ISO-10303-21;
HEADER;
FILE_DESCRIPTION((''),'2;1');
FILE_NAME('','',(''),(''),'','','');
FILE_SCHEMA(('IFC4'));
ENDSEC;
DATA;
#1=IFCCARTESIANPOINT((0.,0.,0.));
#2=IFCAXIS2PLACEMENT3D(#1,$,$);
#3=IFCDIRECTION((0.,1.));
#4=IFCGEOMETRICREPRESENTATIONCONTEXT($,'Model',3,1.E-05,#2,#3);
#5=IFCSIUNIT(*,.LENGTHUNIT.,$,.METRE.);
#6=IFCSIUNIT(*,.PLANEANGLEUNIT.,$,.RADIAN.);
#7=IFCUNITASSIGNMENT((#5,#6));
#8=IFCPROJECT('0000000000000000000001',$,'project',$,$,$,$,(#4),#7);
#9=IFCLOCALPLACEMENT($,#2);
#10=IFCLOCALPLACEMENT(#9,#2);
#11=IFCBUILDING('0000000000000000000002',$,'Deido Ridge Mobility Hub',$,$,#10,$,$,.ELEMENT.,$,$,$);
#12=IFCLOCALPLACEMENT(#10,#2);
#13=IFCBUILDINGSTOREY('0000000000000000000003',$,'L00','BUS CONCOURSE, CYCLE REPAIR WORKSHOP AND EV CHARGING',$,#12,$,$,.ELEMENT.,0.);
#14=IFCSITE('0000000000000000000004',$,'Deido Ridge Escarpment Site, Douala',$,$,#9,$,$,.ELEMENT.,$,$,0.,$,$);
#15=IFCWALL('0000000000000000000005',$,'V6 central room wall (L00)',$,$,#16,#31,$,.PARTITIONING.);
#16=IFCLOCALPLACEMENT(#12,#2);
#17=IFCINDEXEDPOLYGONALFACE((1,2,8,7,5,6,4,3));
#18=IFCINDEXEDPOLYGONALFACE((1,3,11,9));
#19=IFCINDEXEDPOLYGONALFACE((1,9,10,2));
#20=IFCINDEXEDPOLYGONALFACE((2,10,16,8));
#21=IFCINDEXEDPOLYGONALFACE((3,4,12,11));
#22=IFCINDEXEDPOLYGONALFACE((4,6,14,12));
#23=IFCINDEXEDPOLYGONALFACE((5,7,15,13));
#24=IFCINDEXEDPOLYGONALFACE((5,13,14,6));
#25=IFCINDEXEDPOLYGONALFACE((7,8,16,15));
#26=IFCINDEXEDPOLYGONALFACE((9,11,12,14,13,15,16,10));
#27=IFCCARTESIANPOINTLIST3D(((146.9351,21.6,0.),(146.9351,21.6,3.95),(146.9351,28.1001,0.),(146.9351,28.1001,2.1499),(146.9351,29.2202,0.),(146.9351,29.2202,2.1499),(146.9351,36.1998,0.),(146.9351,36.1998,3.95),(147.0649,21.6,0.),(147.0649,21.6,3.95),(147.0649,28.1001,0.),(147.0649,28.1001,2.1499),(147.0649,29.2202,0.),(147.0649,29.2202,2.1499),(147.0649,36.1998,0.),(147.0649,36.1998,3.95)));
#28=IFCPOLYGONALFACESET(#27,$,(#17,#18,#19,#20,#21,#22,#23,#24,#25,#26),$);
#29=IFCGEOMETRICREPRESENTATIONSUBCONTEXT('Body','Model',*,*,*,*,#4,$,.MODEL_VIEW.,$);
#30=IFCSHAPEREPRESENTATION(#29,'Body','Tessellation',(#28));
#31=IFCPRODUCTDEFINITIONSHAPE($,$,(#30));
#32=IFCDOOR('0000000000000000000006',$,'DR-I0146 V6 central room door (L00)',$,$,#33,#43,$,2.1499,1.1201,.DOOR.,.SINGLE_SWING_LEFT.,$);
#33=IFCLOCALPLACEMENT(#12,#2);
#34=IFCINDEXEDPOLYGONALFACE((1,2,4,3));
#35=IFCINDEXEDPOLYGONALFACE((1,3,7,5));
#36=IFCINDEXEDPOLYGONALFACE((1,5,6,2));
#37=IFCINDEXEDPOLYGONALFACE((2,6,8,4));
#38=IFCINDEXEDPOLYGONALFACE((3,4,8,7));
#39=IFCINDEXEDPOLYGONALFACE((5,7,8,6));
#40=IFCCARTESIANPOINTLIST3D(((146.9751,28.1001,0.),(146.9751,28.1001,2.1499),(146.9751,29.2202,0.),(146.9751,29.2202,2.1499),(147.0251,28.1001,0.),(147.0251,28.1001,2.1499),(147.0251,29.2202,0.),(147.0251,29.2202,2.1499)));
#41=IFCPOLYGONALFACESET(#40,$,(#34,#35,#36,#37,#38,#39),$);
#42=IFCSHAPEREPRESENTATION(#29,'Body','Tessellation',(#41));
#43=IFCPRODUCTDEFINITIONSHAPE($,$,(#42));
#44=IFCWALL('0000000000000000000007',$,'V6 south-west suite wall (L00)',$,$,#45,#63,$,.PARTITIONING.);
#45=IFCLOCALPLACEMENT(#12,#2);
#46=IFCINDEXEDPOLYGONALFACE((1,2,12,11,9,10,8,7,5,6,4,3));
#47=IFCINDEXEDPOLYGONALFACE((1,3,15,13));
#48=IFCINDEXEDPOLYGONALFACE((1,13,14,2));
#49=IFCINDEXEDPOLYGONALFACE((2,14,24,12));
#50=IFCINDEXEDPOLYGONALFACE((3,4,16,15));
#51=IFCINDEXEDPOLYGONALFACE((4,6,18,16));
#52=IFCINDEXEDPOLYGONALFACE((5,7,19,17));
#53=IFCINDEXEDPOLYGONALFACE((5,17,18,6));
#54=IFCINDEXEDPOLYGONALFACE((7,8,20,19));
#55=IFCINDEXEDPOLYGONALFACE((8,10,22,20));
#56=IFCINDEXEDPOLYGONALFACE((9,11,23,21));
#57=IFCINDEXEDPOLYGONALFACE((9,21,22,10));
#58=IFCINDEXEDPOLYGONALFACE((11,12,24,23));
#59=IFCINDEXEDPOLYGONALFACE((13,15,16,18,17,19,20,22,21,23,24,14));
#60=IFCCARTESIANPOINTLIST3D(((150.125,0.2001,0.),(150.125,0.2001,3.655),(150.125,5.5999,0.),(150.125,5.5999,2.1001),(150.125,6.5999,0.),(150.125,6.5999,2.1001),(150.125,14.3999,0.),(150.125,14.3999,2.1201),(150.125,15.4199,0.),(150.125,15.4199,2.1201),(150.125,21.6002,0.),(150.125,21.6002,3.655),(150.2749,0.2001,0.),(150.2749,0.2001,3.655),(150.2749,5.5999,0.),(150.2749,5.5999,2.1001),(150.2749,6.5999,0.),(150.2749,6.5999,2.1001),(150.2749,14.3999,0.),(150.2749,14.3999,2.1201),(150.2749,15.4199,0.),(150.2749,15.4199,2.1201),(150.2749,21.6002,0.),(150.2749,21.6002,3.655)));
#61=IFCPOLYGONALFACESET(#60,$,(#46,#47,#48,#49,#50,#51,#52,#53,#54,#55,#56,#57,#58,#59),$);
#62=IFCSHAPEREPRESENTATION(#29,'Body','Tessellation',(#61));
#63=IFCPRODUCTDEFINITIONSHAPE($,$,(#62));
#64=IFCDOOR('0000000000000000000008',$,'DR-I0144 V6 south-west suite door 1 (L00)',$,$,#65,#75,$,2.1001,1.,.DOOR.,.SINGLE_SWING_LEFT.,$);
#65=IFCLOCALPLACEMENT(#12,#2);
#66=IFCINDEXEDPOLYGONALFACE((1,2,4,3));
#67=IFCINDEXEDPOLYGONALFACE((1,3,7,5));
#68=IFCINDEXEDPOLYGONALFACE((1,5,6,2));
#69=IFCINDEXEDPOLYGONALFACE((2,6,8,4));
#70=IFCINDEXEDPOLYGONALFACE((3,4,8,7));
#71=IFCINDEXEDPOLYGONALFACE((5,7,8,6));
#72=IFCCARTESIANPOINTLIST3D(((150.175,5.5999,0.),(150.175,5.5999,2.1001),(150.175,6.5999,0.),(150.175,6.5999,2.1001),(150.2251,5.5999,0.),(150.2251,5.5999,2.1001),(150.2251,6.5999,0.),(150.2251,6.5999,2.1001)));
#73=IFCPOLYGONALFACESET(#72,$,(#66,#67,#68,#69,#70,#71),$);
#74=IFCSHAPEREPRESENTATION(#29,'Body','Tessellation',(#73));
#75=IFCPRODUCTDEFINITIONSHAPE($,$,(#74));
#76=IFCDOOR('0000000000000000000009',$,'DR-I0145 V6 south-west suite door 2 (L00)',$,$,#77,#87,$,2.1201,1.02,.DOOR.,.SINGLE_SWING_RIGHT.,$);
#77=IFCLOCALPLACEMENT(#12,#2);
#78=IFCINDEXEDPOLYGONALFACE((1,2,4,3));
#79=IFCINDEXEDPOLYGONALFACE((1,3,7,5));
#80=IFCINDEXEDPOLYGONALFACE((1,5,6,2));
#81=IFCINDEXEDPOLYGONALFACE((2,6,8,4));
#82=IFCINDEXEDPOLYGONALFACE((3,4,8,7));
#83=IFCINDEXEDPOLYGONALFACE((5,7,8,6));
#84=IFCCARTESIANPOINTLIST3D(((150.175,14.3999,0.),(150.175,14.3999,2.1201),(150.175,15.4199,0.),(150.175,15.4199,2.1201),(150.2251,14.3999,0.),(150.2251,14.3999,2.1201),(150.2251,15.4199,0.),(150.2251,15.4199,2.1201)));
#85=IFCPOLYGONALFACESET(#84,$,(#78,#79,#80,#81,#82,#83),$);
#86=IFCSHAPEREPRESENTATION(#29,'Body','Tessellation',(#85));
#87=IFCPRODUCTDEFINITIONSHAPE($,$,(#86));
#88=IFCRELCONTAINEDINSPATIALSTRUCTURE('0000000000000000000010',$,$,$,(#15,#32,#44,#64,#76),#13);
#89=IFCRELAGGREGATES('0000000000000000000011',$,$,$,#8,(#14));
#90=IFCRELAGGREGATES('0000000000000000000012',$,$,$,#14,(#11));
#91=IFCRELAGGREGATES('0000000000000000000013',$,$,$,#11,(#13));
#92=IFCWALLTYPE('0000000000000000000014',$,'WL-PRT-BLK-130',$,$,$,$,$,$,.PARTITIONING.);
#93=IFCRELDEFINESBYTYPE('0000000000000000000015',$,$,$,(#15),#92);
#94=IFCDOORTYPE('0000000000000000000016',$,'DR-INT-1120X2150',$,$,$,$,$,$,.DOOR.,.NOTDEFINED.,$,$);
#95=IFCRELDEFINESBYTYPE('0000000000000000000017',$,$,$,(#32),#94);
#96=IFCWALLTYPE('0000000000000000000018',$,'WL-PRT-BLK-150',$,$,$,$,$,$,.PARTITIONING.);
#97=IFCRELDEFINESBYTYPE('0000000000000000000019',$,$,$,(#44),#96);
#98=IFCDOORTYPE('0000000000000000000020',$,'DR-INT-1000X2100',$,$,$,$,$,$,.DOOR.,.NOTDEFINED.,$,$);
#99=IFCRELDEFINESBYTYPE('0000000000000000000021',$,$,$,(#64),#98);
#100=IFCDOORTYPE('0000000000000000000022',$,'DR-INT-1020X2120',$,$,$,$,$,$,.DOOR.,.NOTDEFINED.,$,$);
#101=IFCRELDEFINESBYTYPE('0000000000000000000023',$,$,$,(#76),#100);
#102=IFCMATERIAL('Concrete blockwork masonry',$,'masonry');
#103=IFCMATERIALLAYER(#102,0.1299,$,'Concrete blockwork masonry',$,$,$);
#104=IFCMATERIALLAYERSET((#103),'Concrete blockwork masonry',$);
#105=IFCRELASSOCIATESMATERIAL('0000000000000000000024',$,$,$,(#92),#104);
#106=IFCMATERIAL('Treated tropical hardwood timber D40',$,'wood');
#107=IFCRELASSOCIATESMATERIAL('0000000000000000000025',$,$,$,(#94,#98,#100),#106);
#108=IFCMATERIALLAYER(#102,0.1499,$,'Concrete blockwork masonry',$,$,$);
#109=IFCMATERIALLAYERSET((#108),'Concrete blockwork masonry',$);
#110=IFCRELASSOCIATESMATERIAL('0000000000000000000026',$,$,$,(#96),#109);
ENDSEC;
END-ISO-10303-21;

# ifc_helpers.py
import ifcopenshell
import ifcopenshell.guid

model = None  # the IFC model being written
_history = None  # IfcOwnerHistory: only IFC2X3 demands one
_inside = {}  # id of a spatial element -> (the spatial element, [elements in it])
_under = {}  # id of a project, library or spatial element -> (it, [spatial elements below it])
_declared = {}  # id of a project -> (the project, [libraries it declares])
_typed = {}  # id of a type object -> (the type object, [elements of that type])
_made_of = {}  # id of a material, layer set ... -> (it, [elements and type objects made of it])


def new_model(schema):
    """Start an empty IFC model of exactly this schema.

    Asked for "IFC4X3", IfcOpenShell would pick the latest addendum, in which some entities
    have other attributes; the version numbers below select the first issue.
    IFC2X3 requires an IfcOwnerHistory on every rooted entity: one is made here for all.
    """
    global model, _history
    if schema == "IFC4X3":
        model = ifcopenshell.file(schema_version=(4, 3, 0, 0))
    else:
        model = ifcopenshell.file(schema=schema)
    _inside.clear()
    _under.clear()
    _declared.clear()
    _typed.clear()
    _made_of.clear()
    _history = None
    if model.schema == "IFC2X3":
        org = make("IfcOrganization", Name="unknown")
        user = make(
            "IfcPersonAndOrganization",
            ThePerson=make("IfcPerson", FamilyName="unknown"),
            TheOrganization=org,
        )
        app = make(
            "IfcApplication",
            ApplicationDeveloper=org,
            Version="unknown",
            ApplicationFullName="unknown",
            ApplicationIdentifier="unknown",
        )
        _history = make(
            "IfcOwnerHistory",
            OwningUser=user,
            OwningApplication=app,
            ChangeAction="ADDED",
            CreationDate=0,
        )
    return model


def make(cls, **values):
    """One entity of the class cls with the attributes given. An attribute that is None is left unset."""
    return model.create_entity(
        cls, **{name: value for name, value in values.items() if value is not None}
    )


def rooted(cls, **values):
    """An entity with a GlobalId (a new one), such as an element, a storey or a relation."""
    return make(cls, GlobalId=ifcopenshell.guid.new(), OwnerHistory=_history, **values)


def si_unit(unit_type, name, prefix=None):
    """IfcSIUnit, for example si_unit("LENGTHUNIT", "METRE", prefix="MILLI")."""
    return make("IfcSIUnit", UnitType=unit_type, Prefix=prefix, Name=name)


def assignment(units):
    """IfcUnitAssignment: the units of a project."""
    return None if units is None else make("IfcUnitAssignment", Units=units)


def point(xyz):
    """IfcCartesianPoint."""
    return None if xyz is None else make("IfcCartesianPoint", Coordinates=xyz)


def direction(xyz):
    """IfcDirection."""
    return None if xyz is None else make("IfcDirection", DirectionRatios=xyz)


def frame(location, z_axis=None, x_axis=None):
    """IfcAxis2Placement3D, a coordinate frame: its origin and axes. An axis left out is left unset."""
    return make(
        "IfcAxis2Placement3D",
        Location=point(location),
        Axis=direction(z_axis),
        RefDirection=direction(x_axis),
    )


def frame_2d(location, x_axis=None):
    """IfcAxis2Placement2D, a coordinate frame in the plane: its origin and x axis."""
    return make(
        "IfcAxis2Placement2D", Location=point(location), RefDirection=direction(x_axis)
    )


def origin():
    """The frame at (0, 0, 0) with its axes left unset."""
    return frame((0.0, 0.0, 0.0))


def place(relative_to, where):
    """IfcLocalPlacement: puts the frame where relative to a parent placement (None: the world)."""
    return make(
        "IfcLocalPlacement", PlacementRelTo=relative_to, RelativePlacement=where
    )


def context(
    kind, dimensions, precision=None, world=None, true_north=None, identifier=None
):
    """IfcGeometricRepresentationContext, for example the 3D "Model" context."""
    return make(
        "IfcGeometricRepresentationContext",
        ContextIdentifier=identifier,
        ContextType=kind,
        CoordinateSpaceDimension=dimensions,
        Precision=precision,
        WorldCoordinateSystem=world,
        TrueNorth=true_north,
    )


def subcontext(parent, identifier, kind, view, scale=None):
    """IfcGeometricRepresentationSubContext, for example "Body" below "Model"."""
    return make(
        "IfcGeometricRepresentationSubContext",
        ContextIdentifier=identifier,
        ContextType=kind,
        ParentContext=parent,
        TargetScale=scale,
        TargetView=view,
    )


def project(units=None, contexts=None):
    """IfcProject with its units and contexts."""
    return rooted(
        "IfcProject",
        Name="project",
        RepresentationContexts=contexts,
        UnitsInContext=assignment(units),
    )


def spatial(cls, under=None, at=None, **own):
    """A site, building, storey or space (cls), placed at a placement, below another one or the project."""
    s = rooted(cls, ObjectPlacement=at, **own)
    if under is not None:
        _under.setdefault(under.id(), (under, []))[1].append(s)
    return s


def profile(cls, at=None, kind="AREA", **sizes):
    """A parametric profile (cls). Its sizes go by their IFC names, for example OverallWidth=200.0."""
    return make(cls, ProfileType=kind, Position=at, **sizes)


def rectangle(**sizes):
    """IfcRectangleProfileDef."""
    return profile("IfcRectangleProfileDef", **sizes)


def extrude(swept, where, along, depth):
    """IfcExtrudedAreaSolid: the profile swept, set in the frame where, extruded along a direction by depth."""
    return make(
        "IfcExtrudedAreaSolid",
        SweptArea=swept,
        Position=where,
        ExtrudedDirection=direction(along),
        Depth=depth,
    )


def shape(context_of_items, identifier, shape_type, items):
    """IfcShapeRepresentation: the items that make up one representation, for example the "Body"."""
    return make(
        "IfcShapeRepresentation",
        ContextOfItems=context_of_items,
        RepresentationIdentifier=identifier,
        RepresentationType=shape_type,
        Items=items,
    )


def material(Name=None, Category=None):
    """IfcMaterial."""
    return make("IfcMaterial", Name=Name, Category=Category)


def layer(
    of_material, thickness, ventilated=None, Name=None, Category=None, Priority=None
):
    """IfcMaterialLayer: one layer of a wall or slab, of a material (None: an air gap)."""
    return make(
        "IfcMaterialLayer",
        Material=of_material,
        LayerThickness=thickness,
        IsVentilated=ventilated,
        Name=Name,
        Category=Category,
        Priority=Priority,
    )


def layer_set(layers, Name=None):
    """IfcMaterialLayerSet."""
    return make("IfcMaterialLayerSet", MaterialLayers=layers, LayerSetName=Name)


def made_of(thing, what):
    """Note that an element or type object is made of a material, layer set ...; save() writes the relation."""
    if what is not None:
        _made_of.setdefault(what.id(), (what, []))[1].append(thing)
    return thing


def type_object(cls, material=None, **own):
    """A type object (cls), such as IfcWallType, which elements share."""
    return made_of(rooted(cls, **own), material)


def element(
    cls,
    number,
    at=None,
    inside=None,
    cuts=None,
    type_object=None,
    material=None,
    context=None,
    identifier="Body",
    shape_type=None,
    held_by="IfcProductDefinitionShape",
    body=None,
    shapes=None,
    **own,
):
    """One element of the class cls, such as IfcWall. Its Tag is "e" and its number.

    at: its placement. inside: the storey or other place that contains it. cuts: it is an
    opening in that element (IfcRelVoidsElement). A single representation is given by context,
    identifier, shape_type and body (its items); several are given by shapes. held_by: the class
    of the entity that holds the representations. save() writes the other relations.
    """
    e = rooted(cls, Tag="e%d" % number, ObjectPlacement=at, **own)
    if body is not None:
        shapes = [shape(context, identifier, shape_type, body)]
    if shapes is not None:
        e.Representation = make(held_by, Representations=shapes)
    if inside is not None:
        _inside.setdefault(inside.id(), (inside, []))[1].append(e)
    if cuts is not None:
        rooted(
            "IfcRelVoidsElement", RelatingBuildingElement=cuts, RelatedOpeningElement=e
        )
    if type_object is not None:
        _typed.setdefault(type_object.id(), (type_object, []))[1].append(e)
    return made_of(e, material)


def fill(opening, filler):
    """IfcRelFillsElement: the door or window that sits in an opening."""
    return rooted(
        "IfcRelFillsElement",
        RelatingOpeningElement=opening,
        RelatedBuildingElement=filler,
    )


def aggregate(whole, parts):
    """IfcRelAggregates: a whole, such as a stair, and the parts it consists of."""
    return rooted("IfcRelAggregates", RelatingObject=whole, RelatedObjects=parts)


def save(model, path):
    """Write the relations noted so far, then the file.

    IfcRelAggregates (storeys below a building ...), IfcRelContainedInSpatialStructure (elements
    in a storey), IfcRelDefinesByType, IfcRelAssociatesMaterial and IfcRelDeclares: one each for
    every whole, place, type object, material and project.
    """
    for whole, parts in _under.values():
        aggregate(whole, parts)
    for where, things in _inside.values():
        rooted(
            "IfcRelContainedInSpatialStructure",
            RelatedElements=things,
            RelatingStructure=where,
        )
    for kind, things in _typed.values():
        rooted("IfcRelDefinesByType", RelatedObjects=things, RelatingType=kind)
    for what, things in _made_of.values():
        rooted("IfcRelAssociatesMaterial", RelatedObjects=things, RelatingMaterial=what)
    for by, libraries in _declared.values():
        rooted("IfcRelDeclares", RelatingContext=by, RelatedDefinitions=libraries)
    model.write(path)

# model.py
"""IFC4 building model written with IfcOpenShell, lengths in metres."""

from ifc_helpers import new_model, si_unit, direction, frame, frame_2d, origin, place, context, subcontext, project, spatial, rectangle, extrude, material, layer, layer_set, type_object, element, fill, save


model = new_model("IFC4")

# Units and contexts
model_context = context("Model", 3, precision=1e-05, world=origin(), true_north=direction((0.0, 1.0)))
body_context = subcontext(model_context, "Body", "Model", "MODEL_VIEW")
ifc_project = project(units=[si_unit("LENGTHUNIT", "METRE"), si_unit("PLANEANGLEUNIT", "RADIAN")], contexts=[model_context])

# Site, building, storey
site_placement = place(None, origin())
site = spatial("IfcSite", under=ifc_project, at=site_placement, Name="Deido Ridge Escarpment Site, Douala", CompositionType="ELEMENT", RefElevation=0.0)
building_placement = place(site_placement, origin())
building = spatial("IfcBuilding", under=site, at=building_placement, Name="Deido Ridge Mobility Hub", CompositionType="ELEMENT")
storey_placement = place(building_placement, origin())
storey = spatial("IfcBuildingStorey", under=building, at=storey_placement, Name="L00", Description="BUS CONCOURSE, CYCLE REPAIR WORKSHOP AND EV CHARGING", CompositionType="ELEMENT", Elevation=0.0)

# Wall, opening, door
ifc_material_1 = material(Name="Concrete blockwork masonry", Category="masonry")
ifc_layer_1 = layer(ifc_material_1, 0.1299, Name="Concrete blockwork masonry")
ifc_layer_set_1 = layer_set([ifc_layer_1], Name="Concrete blockwork masonry")
wall_type_1 = type_object("IfcWallType", Name="WL-PRT-BLK-130", PredefinedType="PARTITIONING", material=ifc_layer_set_1)
wall_1_placement = place(storey_placement, frame((147.0, 21.6001, 0.0), z_axis=(0.0, 0.0, 1.0), x_axis=(0.0, 1.0, 0.0)))
wall_1 = element("IfcWall", 1, at=wall_1_placement, inside=storey, type_object=wall_type_1, Name="V6 central room wall (L00)", PredefinedType="PARTITIONING", context=body_context, shape_type="SweptSolid", body=[
    extrude(rectangle(XDim=14.5999, YDim=0.1299, at=frame_2d((7.2998, 0.0))), origin(), (0.0, 0.0, 1.0), 3.95),
])
opening_1_placement = place(wall_1_placement, frame((6.5, 0.0, 0.0)))
opening_1 = element("IfcOpeningElement", 2, at=opening_1_placement, cuts=wall_1, PredefinedType="OPENING", context=body_context, shape_type="SweptSolid", body=[
    extrude(rectangle(XDim=1.1201, YDim=2.1499, at=frame_2d((0.5601, 1.075))), frame((0.0, 0.075, 0.0), z_axis=(0.0, -1.0, 0.0), x_axis=(1.0, 0.0, 0.0)), (0.0, 0.0, 1.0), 0.1499),
])
ifc_material_2 = material(Name="Treated tropical hardwood timber D40", Category="wood")
door_type_1 = type_object("IfcDoorType", Name="DR-INT-1120X2150", OperationType="NOTDEFINED", PredefinedType="DOOR", material=ifc_material_2)
door_1_placement = place(opening_1_placement, origin())
door_1 = element("IfcDoor", 3, at=door_1_placement, inside=storey, type_object=door_type_1, Name="DR-I0146 V6 central room door (L00)", OperationType="SINGLE_SWING_LEFT", OverallHeight=2.1499, OverallWidth=1.1201, PredefinedType="DOOR", context=body_context, shape_type="SweptSolid", body=[
    extrude(rectangle(XDim=1.1201, YDim=2.1499, at=frame_2d((0.5601, 1.075))), frame((0.0, 0.0249, 0.0), z_axis=(0.0, -1.0, 0.0), x_axis=(1.0, 0.0, 0.0)), (0.0, 0.0, 1.0), 0.05),
])
fill(opening_1, door_1)

# Wall, openings, doors
ifc_layer_2 = layer(ifc_material_1, 0.1499, Name="Concrete blockwork masonry")
ifc_layer_set_2 = layer_set([ifc_layer_2], Name="Concrete blockwork masonry")
wall_type_2 = type_object("IfcWallType", Name="WL-PRT-BLK-150", PredefinedType="PARTITIONING", material=ifc_layer_set_2)
wall_2_placement = place(storey_placement, frame((150.2, 0.2, 0.0), z_axis=(0.0, 0.0, 1.0), x_axis=(0.0, 1.0, 0.0)))
wall_2 = element("IfcWall", 4, at=wall_2_placement, inside=storey, type_object=wall_type_2, Name="V6 south-west suite wall (L00)", PredefinedType="PARTITIONING", context=body_context, shape_type="SweptSolid", body=[
    extrude(rectangle(XDim=21.4001, YDim=0.1499, at=frame_2d((10.7002, 0.0))), origin(), (0.0, 0.0, 1.0), 3.655),
])
opening_2_placement = place(wall_2_placement, frame((5.3999, 0.0, 0.0)))
opening_2 = element("IfcOpeningElement", 5, at=opening_2_placement, cuts=wall_2, PredefinedType="OPENING", context=body_context, shape_type="SweptSolid", body=[
    extrude(rectangle(XDim=1.0, YDim=2.1001, at=frame_2d((0.5, 1.05))), frame((0.0, 0.085, 0.0), z_axis=(0.0, -1.0, 0.0), x_axis=(1.0, 0.0, 0.0)), (0.0, 0.0, 1.0), 0.1699),
])
opening_3_placement = place(wall_2_placement, frame((14.2, 0.0, 0.0)))
opening_3 = element("IfcOpeningElement", 6, at=opening_3_placement, cuts=wall_2, PredefinedType="OPENING", context=body_context, shape_type="SweptSolid", body=[
    extrude(rectangle(XDim=1.02, YDim=2.1201, at=frame_2d((0.51, 1.0601))), frame((0.0, 0.085, 0.0), z_axis=(0.0, -1.0, 0.0), x_axis=(1.0, 0.0, 0.0)), (0.0, 0.0, 1.0), 0.1699),
])
door_type_2 = type_object("IfcDoorType", Name="DR-INT-1000X2100", OperationType="NOTDEFINED", PredefinedType="DOOR", material=ifc_material_2)
door_2_placement = place(opening_2_placement, origin())
door_2 = element("IfcDoor", 7, at=door_2_placement, inside=storey, type_object=door_type_2, Name="DR-I0144 V6 south-west suite door 1 (L00)", OperationType="SINGLE_SWING_LEFT", OverallHeight=2.1001, OverallWidth=1.0, PredefinedType="DOOR", context=body_context, shape_type="SweptSolid", body=[
    extrude(rectangle(XDim=1.0, YDim=2.1001, at=frame_2d((0.5, 1.05))), frame((0.0, 0.0249, 0.0), z_axis=(0.0, -1.0, 0.0), x_axis=(1.0, 0.0, 0.0)), (0.0, 0.0, 1.0), 0.05),
])
fill(opening_2, door_2)
door_type_3 = type_object("IfcDoorType", Name="DR-INT-1020X2120", OperationType="NOTDEFINED", PredefinedType="DOOR", material=ifc_material_2)
door_3_placement = place(opening_3_placement, origin())
door_3 = element("IfcDoor", 8, at=door_3_placement, inside=storey, type_object=door_type_3, Name="DR-I0145 V6 south-west suite door 2 (L00)", OperationType="SINGLE_SWING_RIGHT", OverallHeight=2.1201, OverallWidth=1.02, PredefinedType="DOOR", context=body_context, shape_type="SweptSolid", body=[
    extrude(rectangle(XDim=1.02, YDim=2.1201, at=frame_2d((0.51, 1.0601))), frame((0.0, 0.0249, 0.0), z_axis=(0.0, -1.0, 0.0), x_axis=(1.0, 0.0, 0.0)), (0.0, 0.0, 1.0), 0.05),
])
fill(opening_3, door_3)

save(model, "model.ifc")
